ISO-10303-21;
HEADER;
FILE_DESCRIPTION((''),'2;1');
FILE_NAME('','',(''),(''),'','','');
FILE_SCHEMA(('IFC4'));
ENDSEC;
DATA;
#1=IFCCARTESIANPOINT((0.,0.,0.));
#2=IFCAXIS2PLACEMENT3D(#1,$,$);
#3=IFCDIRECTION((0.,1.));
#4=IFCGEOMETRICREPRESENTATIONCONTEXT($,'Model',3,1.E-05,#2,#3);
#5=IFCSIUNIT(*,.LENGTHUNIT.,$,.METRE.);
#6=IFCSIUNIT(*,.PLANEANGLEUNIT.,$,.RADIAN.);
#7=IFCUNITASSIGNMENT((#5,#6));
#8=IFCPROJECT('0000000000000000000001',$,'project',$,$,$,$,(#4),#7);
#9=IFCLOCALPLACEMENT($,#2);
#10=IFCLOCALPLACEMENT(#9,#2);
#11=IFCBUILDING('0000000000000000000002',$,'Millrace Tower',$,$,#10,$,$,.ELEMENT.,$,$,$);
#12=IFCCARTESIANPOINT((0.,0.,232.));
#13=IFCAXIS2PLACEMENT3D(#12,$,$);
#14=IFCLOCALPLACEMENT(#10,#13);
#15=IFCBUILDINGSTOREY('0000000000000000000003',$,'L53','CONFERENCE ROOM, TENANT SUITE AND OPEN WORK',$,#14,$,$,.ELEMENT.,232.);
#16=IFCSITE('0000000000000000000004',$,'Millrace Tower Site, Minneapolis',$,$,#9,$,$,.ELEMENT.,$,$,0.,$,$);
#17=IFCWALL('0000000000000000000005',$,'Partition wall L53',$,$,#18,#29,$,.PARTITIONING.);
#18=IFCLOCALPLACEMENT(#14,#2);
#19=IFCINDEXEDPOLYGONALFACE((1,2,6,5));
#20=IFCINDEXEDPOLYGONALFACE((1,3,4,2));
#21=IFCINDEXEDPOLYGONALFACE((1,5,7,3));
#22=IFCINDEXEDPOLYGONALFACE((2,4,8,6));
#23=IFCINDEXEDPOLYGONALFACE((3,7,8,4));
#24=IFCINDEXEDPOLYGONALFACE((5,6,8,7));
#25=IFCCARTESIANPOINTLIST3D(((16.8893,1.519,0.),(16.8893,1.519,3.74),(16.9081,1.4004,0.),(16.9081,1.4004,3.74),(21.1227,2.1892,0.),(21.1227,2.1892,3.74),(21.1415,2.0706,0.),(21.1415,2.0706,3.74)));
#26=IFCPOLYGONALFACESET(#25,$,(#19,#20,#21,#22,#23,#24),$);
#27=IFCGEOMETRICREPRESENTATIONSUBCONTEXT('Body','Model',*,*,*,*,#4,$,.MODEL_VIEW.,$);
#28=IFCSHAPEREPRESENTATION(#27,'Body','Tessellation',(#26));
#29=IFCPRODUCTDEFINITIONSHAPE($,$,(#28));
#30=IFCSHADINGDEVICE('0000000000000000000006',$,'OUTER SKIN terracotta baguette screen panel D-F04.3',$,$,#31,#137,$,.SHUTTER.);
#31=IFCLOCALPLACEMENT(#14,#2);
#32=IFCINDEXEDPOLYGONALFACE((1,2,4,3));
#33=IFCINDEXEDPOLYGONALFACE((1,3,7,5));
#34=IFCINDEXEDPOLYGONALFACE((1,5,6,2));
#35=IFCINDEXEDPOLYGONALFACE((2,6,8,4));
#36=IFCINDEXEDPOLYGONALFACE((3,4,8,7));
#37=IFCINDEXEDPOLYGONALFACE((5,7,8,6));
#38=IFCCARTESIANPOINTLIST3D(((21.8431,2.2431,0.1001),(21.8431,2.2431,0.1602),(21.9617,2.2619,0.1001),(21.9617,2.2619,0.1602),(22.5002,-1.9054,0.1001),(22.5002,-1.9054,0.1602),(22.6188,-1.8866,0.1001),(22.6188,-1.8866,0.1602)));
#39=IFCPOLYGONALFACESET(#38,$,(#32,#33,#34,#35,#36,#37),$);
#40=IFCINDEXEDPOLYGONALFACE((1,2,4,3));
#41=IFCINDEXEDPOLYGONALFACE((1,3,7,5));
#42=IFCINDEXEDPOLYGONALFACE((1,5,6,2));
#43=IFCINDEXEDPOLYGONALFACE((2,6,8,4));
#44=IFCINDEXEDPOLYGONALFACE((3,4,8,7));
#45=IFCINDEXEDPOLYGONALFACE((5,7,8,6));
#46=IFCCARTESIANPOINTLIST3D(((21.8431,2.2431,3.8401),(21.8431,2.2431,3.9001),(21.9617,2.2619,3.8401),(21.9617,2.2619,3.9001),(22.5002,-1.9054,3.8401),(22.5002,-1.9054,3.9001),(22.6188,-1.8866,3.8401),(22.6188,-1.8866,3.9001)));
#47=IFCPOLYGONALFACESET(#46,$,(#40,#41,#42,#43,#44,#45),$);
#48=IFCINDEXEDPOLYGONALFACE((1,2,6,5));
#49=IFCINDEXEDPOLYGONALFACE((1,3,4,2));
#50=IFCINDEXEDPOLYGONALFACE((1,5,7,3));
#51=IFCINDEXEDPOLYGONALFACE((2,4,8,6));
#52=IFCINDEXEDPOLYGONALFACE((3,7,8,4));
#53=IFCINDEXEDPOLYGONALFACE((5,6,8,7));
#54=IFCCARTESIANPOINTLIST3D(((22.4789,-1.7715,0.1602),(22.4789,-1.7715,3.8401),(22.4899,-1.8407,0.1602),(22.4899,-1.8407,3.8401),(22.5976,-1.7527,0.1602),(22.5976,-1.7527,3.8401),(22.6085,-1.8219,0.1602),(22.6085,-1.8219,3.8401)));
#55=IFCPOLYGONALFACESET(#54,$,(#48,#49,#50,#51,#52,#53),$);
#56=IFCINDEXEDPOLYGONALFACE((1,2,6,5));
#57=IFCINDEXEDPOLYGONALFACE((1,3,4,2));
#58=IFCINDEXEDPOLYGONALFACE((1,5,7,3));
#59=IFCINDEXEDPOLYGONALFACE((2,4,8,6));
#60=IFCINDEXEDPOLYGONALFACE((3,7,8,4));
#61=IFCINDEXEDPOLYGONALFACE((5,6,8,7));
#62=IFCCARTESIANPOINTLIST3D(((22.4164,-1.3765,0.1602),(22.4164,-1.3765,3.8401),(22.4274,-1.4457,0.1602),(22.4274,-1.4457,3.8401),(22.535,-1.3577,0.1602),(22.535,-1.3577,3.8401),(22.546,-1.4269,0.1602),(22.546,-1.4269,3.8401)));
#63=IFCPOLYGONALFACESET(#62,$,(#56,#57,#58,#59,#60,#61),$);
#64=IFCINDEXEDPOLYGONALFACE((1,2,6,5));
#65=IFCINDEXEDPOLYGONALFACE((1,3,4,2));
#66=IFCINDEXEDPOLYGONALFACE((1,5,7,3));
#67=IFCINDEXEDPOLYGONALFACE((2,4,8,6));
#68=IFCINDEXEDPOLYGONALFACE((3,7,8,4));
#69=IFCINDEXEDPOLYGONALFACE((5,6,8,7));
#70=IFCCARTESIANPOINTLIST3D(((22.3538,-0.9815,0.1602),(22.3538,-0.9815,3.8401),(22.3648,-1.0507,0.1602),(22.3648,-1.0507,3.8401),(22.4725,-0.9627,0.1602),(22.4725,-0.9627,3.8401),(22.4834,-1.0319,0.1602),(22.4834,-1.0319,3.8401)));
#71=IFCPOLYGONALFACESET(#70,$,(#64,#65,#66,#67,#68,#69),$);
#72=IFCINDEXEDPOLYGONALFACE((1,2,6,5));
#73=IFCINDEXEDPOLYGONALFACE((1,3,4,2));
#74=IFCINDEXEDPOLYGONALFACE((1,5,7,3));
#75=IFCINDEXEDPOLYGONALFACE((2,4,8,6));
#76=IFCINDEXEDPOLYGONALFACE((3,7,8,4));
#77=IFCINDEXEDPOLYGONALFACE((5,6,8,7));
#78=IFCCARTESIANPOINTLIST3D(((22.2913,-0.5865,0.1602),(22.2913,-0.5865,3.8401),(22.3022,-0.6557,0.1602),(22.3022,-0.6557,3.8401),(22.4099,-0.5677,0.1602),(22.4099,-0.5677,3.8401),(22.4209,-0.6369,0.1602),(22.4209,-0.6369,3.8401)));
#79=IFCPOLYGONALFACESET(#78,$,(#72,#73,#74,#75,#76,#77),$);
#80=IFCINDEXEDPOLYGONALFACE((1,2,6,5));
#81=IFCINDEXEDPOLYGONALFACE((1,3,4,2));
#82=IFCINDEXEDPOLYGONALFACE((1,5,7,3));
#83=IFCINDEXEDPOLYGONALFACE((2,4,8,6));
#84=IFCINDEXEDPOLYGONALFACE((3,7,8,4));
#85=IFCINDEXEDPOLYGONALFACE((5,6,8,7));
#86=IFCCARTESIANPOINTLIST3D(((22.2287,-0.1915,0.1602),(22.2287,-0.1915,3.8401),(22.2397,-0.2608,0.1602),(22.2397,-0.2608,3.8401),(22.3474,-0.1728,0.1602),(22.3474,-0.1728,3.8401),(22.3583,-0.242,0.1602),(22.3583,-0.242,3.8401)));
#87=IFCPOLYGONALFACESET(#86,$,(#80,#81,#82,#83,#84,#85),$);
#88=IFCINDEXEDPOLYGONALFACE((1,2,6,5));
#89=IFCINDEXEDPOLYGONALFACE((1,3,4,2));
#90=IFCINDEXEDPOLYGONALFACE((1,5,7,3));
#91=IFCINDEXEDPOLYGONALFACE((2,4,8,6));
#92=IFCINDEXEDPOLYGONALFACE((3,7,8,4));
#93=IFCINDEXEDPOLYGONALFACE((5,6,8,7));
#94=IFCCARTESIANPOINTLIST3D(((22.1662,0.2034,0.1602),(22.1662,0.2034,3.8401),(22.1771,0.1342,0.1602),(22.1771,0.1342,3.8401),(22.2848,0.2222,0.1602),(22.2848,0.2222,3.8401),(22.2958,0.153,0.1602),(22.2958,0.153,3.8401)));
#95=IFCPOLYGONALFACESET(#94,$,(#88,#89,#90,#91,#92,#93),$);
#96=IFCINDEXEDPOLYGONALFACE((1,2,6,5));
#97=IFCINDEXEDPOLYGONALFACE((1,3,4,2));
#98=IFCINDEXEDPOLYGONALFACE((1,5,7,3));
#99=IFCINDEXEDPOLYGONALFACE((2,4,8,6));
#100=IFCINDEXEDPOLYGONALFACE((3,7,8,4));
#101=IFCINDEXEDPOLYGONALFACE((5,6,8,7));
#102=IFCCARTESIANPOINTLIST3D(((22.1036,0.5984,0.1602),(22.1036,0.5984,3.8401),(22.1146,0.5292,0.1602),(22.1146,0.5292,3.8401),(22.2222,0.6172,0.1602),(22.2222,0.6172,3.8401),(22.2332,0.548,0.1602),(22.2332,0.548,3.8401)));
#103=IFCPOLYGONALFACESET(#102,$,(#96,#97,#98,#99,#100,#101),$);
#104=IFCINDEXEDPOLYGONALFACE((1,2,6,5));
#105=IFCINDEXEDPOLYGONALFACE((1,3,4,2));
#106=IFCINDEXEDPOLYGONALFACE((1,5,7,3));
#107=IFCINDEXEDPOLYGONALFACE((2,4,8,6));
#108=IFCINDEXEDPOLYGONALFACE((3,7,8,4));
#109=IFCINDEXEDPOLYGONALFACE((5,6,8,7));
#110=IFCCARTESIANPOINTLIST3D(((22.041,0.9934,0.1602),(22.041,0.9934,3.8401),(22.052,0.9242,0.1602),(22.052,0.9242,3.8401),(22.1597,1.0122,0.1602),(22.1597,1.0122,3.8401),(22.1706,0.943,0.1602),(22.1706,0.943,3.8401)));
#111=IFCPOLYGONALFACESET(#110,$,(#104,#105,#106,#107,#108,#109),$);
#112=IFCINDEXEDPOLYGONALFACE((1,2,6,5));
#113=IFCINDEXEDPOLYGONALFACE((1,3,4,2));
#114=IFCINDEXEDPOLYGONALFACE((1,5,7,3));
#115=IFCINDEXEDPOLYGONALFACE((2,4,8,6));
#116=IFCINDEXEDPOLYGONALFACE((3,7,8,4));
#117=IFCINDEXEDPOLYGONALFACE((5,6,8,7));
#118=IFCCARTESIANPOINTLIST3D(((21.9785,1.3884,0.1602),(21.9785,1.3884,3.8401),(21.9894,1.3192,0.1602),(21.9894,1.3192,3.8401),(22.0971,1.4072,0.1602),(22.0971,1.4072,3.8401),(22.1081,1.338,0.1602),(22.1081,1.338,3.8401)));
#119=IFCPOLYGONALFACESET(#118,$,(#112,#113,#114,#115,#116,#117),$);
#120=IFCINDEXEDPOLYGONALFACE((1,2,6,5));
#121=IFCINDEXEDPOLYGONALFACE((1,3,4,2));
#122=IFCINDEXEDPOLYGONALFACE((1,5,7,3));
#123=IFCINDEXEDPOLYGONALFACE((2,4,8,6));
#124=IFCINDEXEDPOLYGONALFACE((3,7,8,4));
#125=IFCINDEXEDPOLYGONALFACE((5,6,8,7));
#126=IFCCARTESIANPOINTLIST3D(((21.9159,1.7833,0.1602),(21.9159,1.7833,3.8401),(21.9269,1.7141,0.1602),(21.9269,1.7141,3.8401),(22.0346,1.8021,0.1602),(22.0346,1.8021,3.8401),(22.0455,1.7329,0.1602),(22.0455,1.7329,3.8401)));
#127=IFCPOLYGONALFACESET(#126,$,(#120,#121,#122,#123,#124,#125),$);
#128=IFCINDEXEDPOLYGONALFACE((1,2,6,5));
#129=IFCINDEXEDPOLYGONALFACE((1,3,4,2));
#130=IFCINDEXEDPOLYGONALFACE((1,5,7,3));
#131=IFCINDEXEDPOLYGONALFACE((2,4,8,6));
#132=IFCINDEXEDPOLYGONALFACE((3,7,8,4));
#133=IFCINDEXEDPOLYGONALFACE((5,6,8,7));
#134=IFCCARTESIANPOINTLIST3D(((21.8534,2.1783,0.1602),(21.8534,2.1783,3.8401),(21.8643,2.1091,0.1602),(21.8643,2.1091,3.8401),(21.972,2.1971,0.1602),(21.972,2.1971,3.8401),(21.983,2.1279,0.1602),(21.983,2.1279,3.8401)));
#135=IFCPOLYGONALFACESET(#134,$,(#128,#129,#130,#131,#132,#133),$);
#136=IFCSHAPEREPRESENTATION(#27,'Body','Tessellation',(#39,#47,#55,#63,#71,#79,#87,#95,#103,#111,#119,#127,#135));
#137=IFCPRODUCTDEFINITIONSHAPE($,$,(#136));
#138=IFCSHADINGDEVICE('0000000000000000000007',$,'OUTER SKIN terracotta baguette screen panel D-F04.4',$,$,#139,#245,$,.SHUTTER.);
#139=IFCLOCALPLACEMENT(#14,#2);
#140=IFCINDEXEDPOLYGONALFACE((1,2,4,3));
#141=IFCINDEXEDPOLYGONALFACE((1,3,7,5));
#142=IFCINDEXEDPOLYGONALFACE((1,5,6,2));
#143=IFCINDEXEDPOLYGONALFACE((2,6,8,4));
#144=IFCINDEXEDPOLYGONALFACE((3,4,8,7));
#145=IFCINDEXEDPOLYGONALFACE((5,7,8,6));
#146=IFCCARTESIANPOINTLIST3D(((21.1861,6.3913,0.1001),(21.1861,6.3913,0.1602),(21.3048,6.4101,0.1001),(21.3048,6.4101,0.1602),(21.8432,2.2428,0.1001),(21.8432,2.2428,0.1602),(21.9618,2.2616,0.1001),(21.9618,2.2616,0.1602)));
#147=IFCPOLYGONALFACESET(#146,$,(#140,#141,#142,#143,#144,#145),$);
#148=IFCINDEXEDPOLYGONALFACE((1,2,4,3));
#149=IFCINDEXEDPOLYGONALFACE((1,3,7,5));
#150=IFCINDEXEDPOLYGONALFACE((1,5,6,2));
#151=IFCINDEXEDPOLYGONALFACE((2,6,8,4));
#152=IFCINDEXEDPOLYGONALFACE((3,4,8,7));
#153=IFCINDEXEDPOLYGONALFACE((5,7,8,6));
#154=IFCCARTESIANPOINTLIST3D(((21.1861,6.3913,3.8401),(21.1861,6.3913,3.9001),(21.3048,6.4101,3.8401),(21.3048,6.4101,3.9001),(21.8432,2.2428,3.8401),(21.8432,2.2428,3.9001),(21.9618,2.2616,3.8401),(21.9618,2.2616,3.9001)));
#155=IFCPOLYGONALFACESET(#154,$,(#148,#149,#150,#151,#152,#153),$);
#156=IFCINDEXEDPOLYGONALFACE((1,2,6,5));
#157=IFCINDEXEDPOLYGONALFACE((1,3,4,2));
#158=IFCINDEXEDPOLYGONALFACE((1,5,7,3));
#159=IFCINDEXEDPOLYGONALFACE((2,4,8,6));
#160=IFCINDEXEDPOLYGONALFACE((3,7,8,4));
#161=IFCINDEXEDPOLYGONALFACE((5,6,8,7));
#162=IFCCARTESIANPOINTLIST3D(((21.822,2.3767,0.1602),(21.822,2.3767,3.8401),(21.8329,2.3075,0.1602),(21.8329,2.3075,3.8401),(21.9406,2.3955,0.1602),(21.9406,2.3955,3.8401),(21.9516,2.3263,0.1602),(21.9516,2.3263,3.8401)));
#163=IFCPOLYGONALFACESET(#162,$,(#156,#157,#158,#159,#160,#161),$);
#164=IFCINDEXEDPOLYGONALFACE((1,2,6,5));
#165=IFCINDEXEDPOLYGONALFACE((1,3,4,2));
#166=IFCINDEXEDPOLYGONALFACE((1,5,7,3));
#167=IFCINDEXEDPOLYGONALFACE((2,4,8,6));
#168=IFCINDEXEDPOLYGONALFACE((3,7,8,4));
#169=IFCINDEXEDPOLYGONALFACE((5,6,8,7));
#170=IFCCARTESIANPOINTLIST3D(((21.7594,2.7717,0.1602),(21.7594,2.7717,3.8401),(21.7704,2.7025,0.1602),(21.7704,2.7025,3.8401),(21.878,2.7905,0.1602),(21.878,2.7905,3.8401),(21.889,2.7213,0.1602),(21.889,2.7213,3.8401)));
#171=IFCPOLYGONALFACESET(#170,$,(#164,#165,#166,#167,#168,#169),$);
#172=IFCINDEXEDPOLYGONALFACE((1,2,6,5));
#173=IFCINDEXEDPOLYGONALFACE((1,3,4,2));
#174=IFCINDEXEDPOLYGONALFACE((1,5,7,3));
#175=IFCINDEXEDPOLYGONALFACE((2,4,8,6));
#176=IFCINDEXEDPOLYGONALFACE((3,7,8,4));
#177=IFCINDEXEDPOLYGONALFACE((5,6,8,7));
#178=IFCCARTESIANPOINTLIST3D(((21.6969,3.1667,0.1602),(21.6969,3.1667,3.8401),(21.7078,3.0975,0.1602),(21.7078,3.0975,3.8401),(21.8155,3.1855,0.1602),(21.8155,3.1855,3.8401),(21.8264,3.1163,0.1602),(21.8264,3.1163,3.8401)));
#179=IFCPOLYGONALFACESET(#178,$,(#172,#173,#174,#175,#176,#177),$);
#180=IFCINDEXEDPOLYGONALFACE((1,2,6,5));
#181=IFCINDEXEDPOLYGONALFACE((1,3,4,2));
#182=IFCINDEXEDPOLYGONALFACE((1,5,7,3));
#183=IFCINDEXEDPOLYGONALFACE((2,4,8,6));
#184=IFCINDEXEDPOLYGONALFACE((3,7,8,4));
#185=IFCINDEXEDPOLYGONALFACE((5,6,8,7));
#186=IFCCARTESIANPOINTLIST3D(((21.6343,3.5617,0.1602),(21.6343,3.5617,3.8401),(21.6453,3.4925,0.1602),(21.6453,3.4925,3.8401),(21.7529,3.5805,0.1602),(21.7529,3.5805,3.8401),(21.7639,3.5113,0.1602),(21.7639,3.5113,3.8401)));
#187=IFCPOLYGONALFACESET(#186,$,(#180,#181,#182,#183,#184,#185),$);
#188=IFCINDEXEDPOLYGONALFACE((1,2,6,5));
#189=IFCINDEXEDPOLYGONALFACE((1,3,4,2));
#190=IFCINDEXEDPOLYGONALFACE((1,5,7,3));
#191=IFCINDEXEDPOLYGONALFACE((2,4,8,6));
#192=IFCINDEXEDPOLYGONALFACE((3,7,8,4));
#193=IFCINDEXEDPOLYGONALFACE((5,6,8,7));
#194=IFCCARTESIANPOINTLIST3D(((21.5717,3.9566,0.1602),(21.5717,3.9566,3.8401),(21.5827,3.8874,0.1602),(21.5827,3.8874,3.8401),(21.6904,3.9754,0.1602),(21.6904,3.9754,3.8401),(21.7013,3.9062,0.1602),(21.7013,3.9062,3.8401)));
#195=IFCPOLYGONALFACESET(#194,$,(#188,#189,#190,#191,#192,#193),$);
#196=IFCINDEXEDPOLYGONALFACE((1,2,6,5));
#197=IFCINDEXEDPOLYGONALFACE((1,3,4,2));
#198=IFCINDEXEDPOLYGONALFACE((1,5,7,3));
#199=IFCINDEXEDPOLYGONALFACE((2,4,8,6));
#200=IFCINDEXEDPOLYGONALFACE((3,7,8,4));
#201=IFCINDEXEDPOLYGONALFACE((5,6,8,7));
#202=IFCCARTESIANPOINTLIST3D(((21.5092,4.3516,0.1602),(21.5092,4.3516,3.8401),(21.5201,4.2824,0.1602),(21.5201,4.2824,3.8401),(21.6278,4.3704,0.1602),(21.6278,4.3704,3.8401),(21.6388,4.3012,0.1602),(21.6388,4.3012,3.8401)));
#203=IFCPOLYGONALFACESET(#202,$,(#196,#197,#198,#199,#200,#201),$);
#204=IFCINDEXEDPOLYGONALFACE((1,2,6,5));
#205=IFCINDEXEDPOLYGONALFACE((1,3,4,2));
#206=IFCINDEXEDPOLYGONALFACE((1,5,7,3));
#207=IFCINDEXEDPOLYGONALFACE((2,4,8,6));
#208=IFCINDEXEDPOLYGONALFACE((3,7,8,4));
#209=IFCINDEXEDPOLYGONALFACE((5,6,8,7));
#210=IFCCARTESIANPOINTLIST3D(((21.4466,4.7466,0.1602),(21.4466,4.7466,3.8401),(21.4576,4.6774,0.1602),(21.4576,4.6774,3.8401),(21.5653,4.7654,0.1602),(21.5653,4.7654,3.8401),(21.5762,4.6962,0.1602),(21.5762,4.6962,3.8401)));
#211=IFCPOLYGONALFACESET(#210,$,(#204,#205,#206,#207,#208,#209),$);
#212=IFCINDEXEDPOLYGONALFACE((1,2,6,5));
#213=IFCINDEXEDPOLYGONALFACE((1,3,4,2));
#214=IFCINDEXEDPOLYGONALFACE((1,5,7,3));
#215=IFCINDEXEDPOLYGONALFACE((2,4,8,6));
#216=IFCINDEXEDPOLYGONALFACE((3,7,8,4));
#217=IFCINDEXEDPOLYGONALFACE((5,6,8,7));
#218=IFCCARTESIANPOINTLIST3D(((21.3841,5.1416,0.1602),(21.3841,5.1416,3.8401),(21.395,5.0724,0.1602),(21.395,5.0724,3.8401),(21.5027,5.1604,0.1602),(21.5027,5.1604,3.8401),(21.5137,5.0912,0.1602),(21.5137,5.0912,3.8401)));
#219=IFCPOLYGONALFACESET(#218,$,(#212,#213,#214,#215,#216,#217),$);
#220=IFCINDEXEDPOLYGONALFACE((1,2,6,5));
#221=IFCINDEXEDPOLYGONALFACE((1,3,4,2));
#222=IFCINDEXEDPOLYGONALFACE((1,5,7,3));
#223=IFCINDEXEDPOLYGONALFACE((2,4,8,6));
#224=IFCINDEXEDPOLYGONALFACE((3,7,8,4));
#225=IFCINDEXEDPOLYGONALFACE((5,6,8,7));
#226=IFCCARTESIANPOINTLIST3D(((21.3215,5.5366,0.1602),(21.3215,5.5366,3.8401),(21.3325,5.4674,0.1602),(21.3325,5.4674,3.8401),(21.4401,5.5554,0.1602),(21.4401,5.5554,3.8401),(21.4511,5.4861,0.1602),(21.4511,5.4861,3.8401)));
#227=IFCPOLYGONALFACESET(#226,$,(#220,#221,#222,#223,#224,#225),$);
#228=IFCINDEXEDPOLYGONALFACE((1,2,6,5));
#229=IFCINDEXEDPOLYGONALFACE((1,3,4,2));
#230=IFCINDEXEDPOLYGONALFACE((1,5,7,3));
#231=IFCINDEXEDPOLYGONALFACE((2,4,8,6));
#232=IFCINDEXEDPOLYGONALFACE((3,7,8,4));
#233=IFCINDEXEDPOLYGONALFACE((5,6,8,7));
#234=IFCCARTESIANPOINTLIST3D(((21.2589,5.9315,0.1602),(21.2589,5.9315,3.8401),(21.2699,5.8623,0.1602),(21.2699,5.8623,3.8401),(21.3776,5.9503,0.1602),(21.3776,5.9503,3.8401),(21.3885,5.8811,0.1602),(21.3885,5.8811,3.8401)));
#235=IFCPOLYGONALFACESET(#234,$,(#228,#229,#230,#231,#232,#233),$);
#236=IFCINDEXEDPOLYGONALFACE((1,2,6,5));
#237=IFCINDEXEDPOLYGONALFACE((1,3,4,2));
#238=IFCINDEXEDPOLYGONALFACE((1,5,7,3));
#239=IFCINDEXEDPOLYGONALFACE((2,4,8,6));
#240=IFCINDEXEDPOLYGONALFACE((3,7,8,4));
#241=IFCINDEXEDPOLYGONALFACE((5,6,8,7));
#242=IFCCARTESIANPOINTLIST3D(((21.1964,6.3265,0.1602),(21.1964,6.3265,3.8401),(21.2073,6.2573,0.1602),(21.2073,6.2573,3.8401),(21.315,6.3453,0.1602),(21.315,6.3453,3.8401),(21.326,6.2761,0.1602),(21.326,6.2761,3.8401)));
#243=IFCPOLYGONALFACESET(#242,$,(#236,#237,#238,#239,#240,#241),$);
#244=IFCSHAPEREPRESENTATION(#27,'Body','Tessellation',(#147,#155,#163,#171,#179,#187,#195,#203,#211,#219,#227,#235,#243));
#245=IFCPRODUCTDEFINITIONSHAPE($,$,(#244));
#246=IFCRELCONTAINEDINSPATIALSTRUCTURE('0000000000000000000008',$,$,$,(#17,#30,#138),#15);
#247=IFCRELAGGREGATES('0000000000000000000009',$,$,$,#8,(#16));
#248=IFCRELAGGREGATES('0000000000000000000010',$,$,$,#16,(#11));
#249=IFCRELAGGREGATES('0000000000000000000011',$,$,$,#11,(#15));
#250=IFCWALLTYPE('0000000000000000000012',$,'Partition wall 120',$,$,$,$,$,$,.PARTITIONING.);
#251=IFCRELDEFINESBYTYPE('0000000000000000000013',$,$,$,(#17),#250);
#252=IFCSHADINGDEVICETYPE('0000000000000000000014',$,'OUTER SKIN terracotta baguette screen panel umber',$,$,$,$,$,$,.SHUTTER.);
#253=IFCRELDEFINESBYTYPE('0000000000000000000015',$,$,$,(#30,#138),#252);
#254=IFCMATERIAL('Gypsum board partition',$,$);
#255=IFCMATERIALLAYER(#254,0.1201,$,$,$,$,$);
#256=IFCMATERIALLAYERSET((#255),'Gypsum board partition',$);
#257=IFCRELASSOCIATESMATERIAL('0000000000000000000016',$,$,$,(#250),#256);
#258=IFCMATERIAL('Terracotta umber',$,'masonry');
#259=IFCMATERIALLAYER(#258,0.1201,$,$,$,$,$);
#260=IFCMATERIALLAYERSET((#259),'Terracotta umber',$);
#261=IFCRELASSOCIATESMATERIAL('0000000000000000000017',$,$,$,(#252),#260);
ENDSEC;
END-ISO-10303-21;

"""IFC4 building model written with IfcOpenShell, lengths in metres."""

from ifc_helpers import new_model, entity, si_unit, direction, frame, frame_2d, origin, origin_2d, place, context, subcontext, project, spatial, rectangle, extrude, source, transform, mapped, material, layer, layer_set, type_object, element, save


model = new_model("IFC4")

# Units and contexts
model_context = context("Model", 3, precision=1e-05, world=origin(), true_north=direction((0.0, 1.0)))
body_context = subcontext(model_context, "Body", "Model", "MODEL_VIEW")
ifc_project = project(units=[si_unit("LENGTHUNIT", "METRE"), si_unit("PLANEANGLEUNIT", "RADIAN")], contexts=[model_context])

# Site, building, storey
site_placement = place(None, origin())
site = spatial("IfcSite", under=ifc_project, at=site_placement, Name="Millrace Tower Site, Minneapolis", CompositionType="ELEMENT", RefElevation=0.0)
building_placement = place(site_placement, origin())
building = spatial("IfcBuilding", under=site, at=building_placement, Name="Millrace Tower", CompositionType="ELEMENT")
storey_placement = place(building_placement, frame((0.0, 0.0, 232.0)))
storey = spatial("IfcBuildingStorey", under=building, at=storey_placement, Name="L53", Description="CONFERENCE ROOM, TENANT SUITE AND OPEN WORK", CompositionType="ELEMENT", Elevation=232.0)

# Wall
ifc_material_1 = material(Name="Gypsum board partition")
ifc_layer_1 = layer(ifc_material_1, 0.1201)
ifc_layer_set_1 = layer_set([ifc_layer_1], Name="Gypsum board partition")
wall_type_1 = type_object("IfcWallType", Name="Partition wall 120", PredefinedType="PARTITIONING", material=ifc_layer_set_1)
wall_1_placement = place(storey_placement, frame((16.8987, 1.4597, 0.0), z_axis=(0.0, 0.0, 1.0), x_axis=(0.987701, 0.156357, 0.0)))
element("IfcWall", 1, at=wall_1_placement, inside=storey, type_object=wall_type_1, Name="Partition wall L53", PredefinedType="PARTITIONING", context=body_context, shape_type="SweptSolid", body=[
    extrude(rectangle(XDim=4.2861, YDim=0.1201, at=frame_2d((2.1431, 0.0))), origin(), (0.0, 0.0, 1.0), 3.74),
])

# Shading devices
ifc_material_2 = material(Name="Terracotta umber", Category="masonry")
ifc_layer_2 = layer(ifc_material_2, 0.1201)
ifc_layer_set_2 = layer_set([ifc_layer_2], Name="Terracotta umber")
shading_device_type = type_object("IfcShadingDeviceType", Name="OUTER SKIN terracotta baguette screen panel umber", PredefinedType="SHUTTER", material=ifc_layer_set_2)
cartesian_point = entity("IfcCartesianPoint", [-2.1001, 0.0601])
shared_polyline = entity("IfcPolyline", [cartesian_point, entity("IfcCartesianPoint", [2.1001, 0.0601]), entity("IfcCartesianPoint", [2.1001, -0.0601]), entity("IfcCartesianPoint", [-2.1001, -0.0601]), cartesian_point])
shared_shape = source(origin(), body_context, "Body", "SweptSolid", [
    entity("IfcExtrudedAreaSolid", entity("IfcArbitraryClosedProfileDef", "AREA", None, shared_polyline), entity("IfcAxis2Placement3D", entity("IfcCartesianPoint", [0.0, 0.0, 0.0])), entity("IfcDirection", [0.0, 0.0, 1.0]), 0.0601),
    entity("IfcExtrudedAreaSolid", entity("IfcArbitraryClosedProfileDef", "AREA", None, shared_polyline), entity("IfcAxis2Placement3D", entity("IfcCartesianPoint", [0.0, 0.0, 3.74])), entity("IfcDirection", [0.0, 0.0, 1.0]), 0.0601),
    extrude(rectangle(XDim=0.0701, YDim=0.1201, at=frame_2d((-1.9995, 0.0))), frame((0.0, 0.0, 0.0601)), (0.0, 0.0, 1.0), 3.6799),
    extrude(rectangle(XDim=0.0701, YDim=0.1201, at=frame_2d((-1.5996, 0.0))), frame((0.0, 0.0, 0.0601)), (0.0, 0.0, 1.0), 3.6799),
    extrude(rectangle(XDim=0.0701, YDim=0.1201, at=frame_2d((-1.1997, 0.0))), frame((0.0, 0.0, 0.0601)), (0.0, 0.0, 1.0), 3.6799),
    extrude(rectangle(XDim=0.0701, YDim=0.1201, at=frame_2d((-0.7998, 0.0))), frame((0.0, 0.0, 0.0601)), (0.0, 0.0, 1.0), 3.6799),
    extrude(rectangle(XDim=0.0701, YDim=0.1201, at=frame_2d((-0.3999, 0.0))), frame((0.0, 0.0, 0.0601)), (0.0, 0.0, 1.0), 3.6799),
    extrude(rectangle(XDim=0.0701, YDim=0.1201, at=origin_2d()), frame((0.0, 0.0, 0.0601)), (0.0, 0.0, 1.0), 3.6799),
    extrude(rectangle(XDim=0.0701, YDim=0.1201, at=frame_2d((0.3999, 0.0))), frame((0.0, 0.0, 0.0601)), (0.0, 0.0, 1.0), 3.6799),
    extrude(rectangle(XDim=0.0701, YDim=0.1201, at=frame_2d((0.7998, 0.0))), frame((0.0, 0.0, 0.0601)), (0.0, 0.0, 1.0), 3.6799),
    extrude(rectangle(XDim=0.0701, YDim=0.1201, at=frame_2d((1.1997, 0.0))), frame((0.0, 0.0, 0.0601)), (0.0, 0.0, 1.0), 3.6799),
    extrude(rectangle(XDim=0.0701, YDim=0.1201, at=frame_2d((1.5996, 0.0))), frame((0.0, 0.0, 0.0601)), (0.0, 0.0, 1.0), 3.6799),
    extrude(rectangle(XDim=0.0701, YDim=0.1201, at=frame_2d((1.9995, 0.0))), frame((0.0, 0.0, 0.0601)), (0.0, 0.0, 1.0), 3.6799),
])
for number, where, z_axis, x_axis, name in (
    (2, (22.231, 0.1782, 0.1001), (0.0, 0.0, 1.0), (-0.156434, 0.987688, 0.0), "OUTER SKIN terracotta baguette screen panel D-F04.3"),
    (3, (21.574, 4.3264, 0.1001), (0.0, 0.0, 1.0), (-0.156434, 0.987688, 0.0), "OUTER SKIN terracotta baguette screen panel D-F04.4"),
):
    element("IfcShadingDevice", number, at=place(storey_placement, frame(where, z_axis=z_axis, x_axis=x_axis)), inside=storey, type_object=shading_device_type, Name=name, PredefinedType="SHUTTER", context=body_context, shape_type="MappedRepresentation", body=[
        mapped(shared_shape, transform((0.0, 0.0, 0.0), scale=1.0)),
    ])

save(model, "model.ifc")
